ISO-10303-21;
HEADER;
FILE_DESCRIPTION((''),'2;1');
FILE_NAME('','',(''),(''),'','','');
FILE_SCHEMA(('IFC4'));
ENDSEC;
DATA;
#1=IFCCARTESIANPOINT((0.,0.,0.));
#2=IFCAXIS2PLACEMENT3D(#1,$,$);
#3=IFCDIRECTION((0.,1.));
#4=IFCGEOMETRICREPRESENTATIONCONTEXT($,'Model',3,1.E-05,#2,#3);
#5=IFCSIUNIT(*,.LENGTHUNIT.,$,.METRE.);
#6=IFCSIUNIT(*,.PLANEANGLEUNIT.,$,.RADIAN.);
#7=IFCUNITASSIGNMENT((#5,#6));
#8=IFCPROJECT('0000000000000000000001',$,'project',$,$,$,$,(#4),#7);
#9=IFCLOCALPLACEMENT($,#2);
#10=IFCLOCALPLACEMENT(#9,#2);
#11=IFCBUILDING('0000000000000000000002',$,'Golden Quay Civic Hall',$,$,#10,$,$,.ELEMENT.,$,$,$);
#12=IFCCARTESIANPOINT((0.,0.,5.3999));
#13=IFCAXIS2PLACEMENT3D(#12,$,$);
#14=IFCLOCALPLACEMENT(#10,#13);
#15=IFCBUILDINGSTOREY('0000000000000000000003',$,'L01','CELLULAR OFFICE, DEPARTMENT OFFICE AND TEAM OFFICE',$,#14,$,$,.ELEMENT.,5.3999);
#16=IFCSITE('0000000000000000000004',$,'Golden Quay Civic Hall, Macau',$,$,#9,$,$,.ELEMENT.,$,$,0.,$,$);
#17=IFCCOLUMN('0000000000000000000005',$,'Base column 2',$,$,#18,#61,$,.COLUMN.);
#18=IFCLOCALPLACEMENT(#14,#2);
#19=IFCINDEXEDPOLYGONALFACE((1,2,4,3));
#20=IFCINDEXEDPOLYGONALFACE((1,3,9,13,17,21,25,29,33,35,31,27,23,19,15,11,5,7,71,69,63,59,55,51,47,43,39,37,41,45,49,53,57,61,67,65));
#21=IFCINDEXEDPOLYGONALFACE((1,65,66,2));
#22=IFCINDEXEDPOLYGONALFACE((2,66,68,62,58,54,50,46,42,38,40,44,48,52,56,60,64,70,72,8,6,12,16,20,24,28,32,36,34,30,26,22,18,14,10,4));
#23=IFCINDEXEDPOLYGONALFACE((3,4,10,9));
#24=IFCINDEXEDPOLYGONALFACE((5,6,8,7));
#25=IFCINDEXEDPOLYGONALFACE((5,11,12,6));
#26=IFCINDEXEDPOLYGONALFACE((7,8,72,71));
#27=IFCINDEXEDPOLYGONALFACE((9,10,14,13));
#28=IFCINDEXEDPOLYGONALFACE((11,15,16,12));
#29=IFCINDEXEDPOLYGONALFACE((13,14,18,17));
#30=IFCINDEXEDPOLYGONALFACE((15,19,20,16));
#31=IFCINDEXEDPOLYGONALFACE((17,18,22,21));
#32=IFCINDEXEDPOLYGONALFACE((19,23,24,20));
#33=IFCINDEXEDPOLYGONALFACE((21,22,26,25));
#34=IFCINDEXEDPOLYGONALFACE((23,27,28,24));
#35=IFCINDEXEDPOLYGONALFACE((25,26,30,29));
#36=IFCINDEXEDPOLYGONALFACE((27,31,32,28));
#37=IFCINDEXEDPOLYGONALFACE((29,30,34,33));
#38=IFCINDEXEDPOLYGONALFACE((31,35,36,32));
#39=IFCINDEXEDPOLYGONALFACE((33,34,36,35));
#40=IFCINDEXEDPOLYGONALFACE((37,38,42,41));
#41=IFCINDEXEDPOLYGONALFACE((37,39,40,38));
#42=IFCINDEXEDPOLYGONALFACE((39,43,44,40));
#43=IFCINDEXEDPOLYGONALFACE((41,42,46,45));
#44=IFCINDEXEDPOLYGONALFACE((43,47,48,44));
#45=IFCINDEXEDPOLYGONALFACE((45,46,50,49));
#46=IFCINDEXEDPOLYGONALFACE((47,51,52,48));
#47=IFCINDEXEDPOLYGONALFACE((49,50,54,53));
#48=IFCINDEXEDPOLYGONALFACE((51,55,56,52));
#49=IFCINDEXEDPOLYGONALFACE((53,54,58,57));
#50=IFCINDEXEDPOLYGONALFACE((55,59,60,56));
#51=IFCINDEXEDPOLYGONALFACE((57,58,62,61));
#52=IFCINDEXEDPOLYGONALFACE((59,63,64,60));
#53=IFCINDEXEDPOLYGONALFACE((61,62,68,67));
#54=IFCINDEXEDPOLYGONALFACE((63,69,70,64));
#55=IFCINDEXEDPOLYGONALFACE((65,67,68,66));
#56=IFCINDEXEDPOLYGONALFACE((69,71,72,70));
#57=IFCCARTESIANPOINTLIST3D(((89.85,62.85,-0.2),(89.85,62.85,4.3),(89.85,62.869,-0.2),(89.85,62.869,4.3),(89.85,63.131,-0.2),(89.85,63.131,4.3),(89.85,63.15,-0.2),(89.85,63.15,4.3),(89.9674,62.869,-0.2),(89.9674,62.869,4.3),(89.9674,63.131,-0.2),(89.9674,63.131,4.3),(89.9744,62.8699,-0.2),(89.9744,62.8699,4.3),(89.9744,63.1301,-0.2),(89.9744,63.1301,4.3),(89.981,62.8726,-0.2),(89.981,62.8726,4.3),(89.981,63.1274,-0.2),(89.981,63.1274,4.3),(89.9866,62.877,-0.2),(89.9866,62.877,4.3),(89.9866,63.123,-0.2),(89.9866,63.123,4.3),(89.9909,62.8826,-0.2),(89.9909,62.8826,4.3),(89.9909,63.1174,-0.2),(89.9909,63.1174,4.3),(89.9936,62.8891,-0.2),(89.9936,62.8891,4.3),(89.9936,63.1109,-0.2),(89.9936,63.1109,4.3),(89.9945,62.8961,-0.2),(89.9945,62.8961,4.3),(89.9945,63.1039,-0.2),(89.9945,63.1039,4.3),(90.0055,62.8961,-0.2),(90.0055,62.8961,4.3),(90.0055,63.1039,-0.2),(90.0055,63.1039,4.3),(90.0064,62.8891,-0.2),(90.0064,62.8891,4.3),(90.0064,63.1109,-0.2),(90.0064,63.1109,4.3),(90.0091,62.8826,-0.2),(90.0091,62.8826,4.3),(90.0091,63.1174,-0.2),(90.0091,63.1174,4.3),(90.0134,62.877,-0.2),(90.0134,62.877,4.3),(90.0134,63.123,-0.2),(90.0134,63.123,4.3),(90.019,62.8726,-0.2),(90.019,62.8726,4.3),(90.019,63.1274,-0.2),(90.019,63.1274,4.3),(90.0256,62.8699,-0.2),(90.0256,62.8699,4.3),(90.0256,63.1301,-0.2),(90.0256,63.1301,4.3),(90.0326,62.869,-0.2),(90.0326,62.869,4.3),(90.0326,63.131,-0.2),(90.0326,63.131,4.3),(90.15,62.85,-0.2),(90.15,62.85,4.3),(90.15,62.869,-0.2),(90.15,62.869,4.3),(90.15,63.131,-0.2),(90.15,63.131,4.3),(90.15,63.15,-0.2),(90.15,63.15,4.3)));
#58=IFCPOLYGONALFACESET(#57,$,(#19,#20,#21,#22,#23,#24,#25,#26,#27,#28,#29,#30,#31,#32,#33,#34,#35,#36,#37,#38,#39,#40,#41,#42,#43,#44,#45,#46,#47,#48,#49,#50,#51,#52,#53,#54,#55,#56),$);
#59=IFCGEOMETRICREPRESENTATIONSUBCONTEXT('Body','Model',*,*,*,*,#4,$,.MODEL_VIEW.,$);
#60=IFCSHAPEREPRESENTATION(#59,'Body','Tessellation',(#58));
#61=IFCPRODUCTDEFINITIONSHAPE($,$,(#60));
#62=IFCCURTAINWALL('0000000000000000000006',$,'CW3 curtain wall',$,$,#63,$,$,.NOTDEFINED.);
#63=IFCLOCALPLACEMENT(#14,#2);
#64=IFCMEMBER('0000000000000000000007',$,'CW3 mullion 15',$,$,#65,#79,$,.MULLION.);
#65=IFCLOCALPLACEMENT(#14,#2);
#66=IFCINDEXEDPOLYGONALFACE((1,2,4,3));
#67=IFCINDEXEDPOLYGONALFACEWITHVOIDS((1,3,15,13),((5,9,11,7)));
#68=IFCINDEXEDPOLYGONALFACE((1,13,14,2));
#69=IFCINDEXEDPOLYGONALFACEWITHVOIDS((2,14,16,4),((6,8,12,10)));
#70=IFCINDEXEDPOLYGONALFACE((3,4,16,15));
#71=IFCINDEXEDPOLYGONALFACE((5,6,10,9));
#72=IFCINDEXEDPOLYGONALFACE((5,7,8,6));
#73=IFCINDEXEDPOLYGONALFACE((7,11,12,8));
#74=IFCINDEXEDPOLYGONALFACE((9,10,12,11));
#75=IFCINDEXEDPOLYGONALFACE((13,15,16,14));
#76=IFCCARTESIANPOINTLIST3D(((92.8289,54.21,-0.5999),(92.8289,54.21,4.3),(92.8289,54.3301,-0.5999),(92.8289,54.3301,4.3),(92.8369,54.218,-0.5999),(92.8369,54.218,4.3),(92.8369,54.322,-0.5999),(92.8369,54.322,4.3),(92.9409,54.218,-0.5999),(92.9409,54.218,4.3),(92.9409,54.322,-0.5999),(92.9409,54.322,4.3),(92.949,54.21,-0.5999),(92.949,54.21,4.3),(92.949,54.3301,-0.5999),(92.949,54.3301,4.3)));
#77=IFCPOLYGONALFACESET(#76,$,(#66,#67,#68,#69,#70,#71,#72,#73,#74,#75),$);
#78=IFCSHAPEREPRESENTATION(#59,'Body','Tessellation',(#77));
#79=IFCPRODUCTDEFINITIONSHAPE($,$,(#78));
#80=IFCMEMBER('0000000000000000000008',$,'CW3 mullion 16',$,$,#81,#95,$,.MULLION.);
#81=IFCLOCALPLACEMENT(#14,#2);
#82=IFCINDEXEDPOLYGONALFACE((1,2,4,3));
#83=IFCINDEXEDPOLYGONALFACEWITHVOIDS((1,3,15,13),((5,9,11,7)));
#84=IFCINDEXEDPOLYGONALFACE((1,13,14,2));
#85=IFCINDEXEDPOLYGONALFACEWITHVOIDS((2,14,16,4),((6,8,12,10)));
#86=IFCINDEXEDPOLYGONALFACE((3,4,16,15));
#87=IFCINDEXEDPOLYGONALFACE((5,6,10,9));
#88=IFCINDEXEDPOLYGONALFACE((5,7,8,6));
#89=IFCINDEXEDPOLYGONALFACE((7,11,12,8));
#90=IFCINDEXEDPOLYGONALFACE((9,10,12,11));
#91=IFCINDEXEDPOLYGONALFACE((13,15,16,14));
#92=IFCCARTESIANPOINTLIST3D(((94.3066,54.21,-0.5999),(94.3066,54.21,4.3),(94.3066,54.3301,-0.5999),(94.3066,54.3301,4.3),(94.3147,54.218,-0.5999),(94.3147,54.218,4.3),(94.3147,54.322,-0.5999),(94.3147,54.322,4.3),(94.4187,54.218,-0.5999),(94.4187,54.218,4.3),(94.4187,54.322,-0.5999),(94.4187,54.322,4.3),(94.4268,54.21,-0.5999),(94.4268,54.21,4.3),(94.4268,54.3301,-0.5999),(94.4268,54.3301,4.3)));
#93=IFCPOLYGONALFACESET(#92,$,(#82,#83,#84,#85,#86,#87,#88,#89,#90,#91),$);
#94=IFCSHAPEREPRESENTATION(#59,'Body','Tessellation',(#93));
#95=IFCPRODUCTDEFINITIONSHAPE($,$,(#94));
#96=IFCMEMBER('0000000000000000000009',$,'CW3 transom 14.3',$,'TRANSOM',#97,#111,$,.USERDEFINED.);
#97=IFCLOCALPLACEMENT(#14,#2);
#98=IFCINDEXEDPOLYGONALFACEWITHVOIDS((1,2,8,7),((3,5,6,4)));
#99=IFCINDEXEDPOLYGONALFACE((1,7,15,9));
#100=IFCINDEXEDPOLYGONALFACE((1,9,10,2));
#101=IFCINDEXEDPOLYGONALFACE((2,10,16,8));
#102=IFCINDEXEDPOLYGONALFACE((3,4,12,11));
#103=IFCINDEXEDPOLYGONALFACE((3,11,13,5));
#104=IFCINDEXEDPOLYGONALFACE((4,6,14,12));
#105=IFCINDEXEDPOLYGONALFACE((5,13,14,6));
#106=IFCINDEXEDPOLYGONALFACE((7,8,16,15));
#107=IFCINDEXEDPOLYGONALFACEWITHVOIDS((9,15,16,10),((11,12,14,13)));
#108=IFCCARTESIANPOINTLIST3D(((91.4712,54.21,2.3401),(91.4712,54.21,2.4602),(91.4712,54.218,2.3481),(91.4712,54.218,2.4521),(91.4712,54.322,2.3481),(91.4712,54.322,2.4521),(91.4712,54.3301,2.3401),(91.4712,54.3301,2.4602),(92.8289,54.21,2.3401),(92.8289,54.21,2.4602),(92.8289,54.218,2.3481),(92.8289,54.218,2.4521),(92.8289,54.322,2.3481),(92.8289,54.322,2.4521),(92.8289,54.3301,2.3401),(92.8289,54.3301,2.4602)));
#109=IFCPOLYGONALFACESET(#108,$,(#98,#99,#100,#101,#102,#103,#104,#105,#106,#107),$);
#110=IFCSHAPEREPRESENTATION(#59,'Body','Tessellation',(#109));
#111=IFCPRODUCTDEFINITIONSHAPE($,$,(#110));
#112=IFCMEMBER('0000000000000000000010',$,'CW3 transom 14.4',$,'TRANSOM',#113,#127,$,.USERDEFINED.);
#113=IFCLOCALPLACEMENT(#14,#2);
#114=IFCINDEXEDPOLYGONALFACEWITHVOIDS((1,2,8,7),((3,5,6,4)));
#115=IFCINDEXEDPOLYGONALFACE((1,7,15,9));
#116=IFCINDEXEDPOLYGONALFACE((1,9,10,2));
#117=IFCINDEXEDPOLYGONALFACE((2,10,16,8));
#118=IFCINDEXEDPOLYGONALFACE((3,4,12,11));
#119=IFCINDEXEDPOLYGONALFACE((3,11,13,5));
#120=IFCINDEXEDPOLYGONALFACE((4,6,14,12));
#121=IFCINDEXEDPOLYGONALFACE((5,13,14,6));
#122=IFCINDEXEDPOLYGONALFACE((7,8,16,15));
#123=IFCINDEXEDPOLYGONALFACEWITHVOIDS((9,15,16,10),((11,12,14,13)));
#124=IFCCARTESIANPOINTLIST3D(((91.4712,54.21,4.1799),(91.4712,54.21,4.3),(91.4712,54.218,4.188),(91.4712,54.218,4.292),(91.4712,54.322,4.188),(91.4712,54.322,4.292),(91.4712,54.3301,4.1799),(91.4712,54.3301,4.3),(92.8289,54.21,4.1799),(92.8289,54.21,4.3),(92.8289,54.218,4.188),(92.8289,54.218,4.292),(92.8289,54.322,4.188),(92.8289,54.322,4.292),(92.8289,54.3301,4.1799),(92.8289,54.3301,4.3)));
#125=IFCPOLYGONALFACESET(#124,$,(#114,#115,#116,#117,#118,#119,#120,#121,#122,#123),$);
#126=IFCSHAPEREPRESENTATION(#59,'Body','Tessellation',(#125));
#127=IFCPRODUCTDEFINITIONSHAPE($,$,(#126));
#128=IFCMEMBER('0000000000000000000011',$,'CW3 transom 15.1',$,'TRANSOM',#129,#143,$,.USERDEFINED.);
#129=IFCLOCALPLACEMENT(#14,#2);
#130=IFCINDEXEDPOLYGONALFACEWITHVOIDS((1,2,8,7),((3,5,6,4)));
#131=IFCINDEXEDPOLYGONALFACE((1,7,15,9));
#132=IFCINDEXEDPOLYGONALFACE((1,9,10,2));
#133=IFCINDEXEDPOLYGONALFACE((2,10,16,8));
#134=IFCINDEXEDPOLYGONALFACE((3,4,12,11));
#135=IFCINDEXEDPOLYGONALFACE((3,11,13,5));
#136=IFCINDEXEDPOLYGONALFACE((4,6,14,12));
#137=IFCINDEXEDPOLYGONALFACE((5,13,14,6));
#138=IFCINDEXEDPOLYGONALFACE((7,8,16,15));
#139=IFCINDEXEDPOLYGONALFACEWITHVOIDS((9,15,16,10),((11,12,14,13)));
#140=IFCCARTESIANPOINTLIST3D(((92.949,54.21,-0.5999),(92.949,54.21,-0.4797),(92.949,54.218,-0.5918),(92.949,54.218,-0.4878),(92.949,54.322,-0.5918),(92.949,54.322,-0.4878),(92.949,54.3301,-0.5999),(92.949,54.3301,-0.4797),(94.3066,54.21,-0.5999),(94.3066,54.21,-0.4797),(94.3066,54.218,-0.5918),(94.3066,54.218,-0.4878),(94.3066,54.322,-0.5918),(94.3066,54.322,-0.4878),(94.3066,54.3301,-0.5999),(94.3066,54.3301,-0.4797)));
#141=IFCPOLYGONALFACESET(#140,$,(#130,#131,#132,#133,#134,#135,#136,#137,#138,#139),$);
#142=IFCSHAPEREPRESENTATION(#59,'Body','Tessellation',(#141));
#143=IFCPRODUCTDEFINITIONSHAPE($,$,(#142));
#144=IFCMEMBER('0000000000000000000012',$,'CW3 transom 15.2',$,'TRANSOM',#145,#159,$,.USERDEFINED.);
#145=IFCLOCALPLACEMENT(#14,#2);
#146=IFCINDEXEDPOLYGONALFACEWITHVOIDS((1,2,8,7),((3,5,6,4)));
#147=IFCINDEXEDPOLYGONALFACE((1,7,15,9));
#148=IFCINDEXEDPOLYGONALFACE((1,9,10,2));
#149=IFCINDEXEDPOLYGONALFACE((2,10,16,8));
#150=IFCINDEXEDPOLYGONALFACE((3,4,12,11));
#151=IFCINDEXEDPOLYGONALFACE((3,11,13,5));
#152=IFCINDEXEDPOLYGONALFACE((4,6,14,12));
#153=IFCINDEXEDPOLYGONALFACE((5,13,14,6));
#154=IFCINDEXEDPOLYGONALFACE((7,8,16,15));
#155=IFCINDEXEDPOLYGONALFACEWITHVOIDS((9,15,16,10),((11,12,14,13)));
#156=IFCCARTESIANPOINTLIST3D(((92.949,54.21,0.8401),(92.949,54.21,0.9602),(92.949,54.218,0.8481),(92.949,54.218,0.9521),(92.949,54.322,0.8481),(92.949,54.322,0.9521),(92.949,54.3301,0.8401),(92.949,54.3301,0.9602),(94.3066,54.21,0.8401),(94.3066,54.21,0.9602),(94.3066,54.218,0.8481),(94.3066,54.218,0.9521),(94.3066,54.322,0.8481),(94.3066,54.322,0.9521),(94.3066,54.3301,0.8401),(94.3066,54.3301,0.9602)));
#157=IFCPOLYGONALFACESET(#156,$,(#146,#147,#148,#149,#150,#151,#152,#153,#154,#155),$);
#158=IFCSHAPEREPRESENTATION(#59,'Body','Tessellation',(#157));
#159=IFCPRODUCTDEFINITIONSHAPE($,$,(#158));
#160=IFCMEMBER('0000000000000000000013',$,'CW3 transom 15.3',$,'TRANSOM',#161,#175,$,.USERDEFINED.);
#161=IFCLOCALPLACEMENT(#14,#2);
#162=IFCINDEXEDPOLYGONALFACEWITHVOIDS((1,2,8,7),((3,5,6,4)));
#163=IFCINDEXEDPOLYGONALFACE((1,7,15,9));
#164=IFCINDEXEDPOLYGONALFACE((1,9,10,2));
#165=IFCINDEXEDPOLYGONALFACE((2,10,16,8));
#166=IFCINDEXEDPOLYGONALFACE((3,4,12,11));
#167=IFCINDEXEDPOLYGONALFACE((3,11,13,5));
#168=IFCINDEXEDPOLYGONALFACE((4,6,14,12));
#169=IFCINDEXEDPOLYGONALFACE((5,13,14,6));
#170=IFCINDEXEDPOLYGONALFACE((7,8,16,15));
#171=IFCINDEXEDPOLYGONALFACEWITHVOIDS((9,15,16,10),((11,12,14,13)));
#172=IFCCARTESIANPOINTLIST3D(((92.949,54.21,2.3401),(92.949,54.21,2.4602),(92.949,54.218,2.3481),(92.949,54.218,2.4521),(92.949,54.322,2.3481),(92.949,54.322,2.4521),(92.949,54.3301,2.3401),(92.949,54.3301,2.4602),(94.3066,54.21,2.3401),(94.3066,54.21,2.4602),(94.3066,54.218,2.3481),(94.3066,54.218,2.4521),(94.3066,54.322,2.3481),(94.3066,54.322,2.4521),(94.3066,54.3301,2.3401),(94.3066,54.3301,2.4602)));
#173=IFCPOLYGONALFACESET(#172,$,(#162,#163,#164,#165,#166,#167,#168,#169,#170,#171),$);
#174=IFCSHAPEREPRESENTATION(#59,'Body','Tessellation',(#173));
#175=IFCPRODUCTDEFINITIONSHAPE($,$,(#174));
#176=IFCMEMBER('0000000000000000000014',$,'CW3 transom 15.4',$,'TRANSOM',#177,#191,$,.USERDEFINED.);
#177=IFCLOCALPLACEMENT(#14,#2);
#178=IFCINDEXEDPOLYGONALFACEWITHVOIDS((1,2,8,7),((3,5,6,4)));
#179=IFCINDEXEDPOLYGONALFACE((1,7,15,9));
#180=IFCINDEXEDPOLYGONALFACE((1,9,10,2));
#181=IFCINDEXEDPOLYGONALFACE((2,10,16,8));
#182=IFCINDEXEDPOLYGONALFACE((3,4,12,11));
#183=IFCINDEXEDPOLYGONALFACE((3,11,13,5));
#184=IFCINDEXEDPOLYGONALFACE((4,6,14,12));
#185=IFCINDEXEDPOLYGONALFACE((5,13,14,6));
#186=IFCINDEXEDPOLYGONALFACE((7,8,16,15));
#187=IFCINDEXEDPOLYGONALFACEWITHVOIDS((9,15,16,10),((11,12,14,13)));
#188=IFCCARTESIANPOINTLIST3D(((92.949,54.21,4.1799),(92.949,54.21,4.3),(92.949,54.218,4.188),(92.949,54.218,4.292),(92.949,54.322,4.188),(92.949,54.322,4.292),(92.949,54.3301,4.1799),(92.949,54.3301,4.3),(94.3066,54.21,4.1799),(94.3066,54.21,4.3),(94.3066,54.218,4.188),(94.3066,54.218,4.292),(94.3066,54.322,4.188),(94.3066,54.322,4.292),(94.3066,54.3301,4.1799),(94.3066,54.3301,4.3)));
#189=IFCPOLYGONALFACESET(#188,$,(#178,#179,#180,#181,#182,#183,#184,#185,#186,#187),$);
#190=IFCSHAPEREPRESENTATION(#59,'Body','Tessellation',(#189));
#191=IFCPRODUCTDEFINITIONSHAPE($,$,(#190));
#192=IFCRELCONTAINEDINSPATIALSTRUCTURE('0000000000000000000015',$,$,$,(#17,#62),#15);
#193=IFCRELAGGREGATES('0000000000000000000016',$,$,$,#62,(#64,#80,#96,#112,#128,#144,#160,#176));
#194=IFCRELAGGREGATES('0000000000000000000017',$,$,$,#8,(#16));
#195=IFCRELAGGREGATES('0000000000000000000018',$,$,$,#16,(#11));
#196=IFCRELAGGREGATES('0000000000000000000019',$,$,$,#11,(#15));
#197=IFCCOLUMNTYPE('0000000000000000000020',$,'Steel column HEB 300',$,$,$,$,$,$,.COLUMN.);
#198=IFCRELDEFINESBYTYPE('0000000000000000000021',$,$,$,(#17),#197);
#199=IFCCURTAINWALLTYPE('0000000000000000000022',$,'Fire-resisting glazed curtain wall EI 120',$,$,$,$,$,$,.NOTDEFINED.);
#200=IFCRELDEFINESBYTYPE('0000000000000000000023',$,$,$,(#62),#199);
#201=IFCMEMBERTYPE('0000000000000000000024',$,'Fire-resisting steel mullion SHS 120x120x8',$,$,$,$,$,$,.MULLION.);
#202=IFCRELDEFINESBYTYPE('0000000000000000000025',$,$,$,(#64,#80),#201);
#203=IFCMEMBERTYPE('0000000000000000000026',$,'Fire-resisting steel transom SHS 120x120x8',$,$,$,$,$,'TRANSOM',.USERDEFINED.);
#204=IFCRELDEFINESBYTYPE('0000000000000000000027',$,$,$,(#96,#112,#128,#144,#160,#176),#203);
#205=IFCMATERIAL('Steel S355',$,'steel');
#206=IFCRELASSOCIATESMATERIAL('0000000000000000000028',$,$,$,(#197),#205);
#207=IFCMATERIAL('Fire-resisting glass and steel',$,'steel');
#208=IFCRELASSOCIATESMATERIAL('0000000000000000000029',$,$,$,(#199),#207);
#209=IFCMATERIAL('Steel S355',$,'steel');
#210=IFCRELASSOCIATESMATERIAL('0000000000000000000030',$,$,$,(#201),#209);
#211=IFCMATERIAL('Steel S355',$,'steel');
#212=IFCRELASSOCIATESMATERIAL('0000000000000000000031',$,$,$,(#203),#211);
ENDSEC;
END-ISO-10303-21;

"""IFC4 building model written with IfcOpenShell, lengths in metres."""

from ifc_helpers import new_model, si_unit, direction, frame, origin, origin_2d, place, context, subcontext, project, spatial, hollow_rectangle, i_section, extrude, material, material_profile, profile_set, type_object, element, aggregate, save


model = new_model("IFC4")

# Units and contexts
model_context = context("Model", 3, precision=1e-05, world=origin(), true_north=direction((0.0, 1.0)))
body_context = subcontext(model_context, "Body", "Model", "MODEL_VIEW")
ifc_project = project(units=[si_unit("LENGTHUNIT", "METRE"), si_unit("PLANEANGLEUNIT", "RADIAN")], contexts=[model_context])

# Site, building, storey
site_placement = place(None, origin())
site = spatial("IfcSite", under=ifc_project, at=site_placement, Name="Golden Quay Civic Hall, Macau", CompositionType="ELEMENT", RefElevation=0.0)
building_placement = place(site_placement, origin())
building = spatial("IfcBuilding", under=site, at=building_placement, Name="Golden Quay Civic Hall", CompositionType="ELEMENT")
storey_placement = place(building_placement, frame((0.0, 0.0, 5.3999)))
storey = spatial("IfcBuildingStorey", under=building, at=storey_placement, Name="L01", Description="CELLULAR OFFICE, DEPARTMENT OFFICE AND TEAM OFFICE", CompositionType="ELEMENT", Elevation=5.3999)

# Column
ifc_material_1 = material(Name="Steel S355", Category="steel")
ifc_material_profile_1 = material_profile(ifc_material_1, i_section(OverallWidth=0.3, OverallDepth=0.3, WebThickness=0.011, FlangeThickness=0.019, FilletRadius=0.0271, at=origin_2d()), Name="HEB 300")
ifc_profile_set_1 = profile_set([ifc_material_profile_1], Name="Steel S355")
column_type = type_object("IfcColumnType", Name="Steel column HEB 300", PredefinedType="COLUMN", material=ifc_profile_set_1)
column_placement = place(storey_placement, frame((90.0, 63.0, -0.2), z_axis=(0.0, 0.0, 1.0), x_axis=(1.0, 0.0, 0.0)))
element("IfcColumn", 1, at=column_placement, inside=storey, type_object=column_type, Name="Base column 2", PredefinedType="COLUMN", context=body_context, shape_type="SweptSolid", body=[
    extrude(i_section(OverallWidth=0.3, OverallDepth=0.3, WebThickness=0.011, FlangeThickness=0.019, FilletRadius=0.0271, at=origin_2d()), origin(), (0.0, 0.0, 1.0), 4.5),
])

# Curtain wall, members
ifc_material_2 = material(Name="Fire-resisting glass and steel", Category="steel")
curtain_wall_type = type_object("IfcCurtainWallType", Name="Fire-resisting glazed curtain wall EI 120", PredefinedType="NOTDEFINED", material=ifc_material_2)
curtain_wall_placement = place(storey_placement, origin())
curtain_wall = element("IfcCurtainWall", 2, at=curtain_wall_placement, inside=storey, type_object=curtain_wall_type, Name="CW3 curtain wall", PredefinedType="NOTDEFINED")
ifc_material_3 = material(Name="Steel S355", Category="steel")
ifc_material_profile_2 = material_profile(ifc_material_3, hollow_rectangle(XDim=0.1201, YDim=0.1201, WallThickness=0.0081, at=origin_2d()), Name="SHS 120x120x8")
ifc_profile_set_2 = profile_set([ifc_material_profile_2], Name="Steel S355")
member_type_1 = type_object("IfcMemberType", Name="Fire-resisting steel mullion SHS 120x120x8", PredefinedType="MULLION", material=ifc_profile_set_2)
member_1_placement = place(storey_placement, frame((92.8889, 54.27, -0.5999), z_axis=(0.0, 0.0, 1.0), x_axis=(0.0, 1.0, 0.0)))
member_1 = element("IfcMember", 3, at=member_1_placement, type_object=member_type_1, Name="CW3 mullion 15", PredefinedType="MULLION", context=body_context, shape_type="SweptSolid", body=[
    extrude(hollow_rectangle(XDim=0.1201, YDim=0.1201, WallThickness=0.0081, at=origin_2d()), origin(), (0.0, 0.0, 1.0), 4.8999),
])
member_2_placement = place(storey_placement, frame((94.3667, 54.27, -0.5999), z_axis=(0.0, 0.0, 1.0), x_axis=(0.0, 1.0, 0.0)))
member_2 = element("IfcMember", 4, at=member_2_placement, type_object=member_type_1, Name="CW3 mullion 16", PredefinedType="MULLION", context=body_context, shape_type="SweptSolid", body=[
    extrude(hollow_rectangle(XDim=0.1201, YDim=0.1201, WallThickness=0.0081, at=origin_2d()), origin(), (0.0, 0.0, 1.0), 4.8999),
])
ifc_material_4 = material(Name="Steel S355", Category="steel")
ifc_material_profile_3 = material_profile(ifc_material_4, hollow_rectangle(XDim=0.1201, YDim=0.1201, WallThickness=0.0081, at=origin_2d()), Name="SHS 120x120x8")
ifc_profile_set_3 = profile_set([ifc_material_profile_3], Name="Steel S355")
member_type_2 = type_object("IfcMemberType", Name="Fire-resisting steel transom SHS 120x120x8", ElementType="TRANSOM", PredefinedType="USERDEFINED", material=ifc_profile_set_3)
member_3_placement = place(storey_placement, frame((91.4712, 54.27, 2.4001), z_axis=(1.0, 0.0, 0.0), x_axis=(0.0, 1.0, 0.0)))
member_3 = element("IfcMember", 5, at=member_3_placement, type_object=member_type_2, Name="CW3 transom 14.3", ObjectType="TRANSOM", PredefinedType="USERDEFINED", context=body_context, shape_type="SweptSolid", body=[
    extrude(hollow_rectangle(XDim=0.1201, YDim=0.1201, WallThickness=0.0081, at=origin_2d()), origin(), (0.0, 0.0, 1.0), 1.3577),
])
member_4_placement = place(storey_placement, frame((91.4712, 54.27, 4.24), z_axis=(1.0, 0.0, 0.0), x_axis=(0.0, 1.0, 0.0)))
member_4 = element("IfcMember", 6, at=member_4_placement, type_object=member_type_2, Name="CW3 transom 14.4", ObjectType="TRANSOM", PredefinedType="USERDEFINED", context=body_context, shape_type="SweptSolid", body=[
    extrude(hollow_rectangle(XDim=0.1201, YDim=0.1201, WallThickness=0.0081, at=origin_2d()), origin(), (0.0, 0.0, 1.0), 1.3577),
])
member_5_placement = place(storey_placement, frame((92.949, 54.27, -0.5398), z_axis=(1.0, 0.0, 0.0), x_axis=(0.0, 1.0, 0.0)))
member_5 = element("IfcMember", 7, at=member_5_placement, type_object=member_type_2, Name="CW3 transom 15.1", ObjectType="TRANSOM", PredefinedType="USERDEFINED", context=body_context, shape_type="SweptSolid", body=[
    extrude(hollow_rectangle(XDim=0.1201, YDim=0.1201, WallThickness=0.0081, at=origin_2d()), origin(), (0.0, 0.0, 1.0), 1.3577),
])
member_6_placement = place(storey_placement, frame((92.949, 54.27, 0.9001), z_axis=(1.0, 0.0, 0.0), x_axis=(0.0, 1.0, 0.0)))
member_6 = element("IfcMember", 8, at=member_6_placement, type_object=member_type_2, Name="CW3 transom 15.2", ObjectType="TRANSOM", PredefinedType="USERDEFINED", context=body_context, shape_type="SweptSolid", body=[
    extrude(hollow_rectangle(XDim=0.1201, YDim=0.1201, WallThickness=0.0081, at=origin_2d()), origin(), (0.0, 0.0, 1.0), 1.3577),
])
member_7_placement = place(storey_placement, frame((92.949, 54.27, 2.4001), z_axis=(1.0, 0.0, 0.0), x_axis=(0.0, 1.0, 0.0)))
member_7 = element("IfcMember", 9, at=member_7_placement, type_object=member_type_2, Name="CW3 transom 15.3", ObjectType="TRANSOM", PredefinedType="USERDEFINED", context=body_context, shape_type="SweptSolid", body=[
    extrude(hollow_rectangle(XDim=0.1201, YDim=0.1201, WallThickness=0.0081, at=origin_2d()), origin(), (0.0, 0.0, 1.0), 1.3577),
])
member_8_placement = place(storey_placement, frame((92.949, 54.27, 4.24), z_axis=(1.0, 0.0, 0.0), x_axis=(0.0, 1.0, 0.0)))
member_8 = element("IfcMember", 10, at=member_8_placement, type_object=member_type_2, Name="CW3 transom 15.4", ObjectType="TRANSOM", PredefinedType="USERDEFINED", context=body_context, shape_type="SweptSolid", body=[
    extrude(hollow_rectangle(XDim=0.1201, YDim=0.1201, WallThickness=0.0081, at=origin_2d()), origin(), (0.0, 0.0, 1.0), 1.3577),
])

aggregate(curtain_wall, [member_1, member_2, member_3, member_4, member_5, member_6, member_7, member_8])

save(model, "model.ifc")
